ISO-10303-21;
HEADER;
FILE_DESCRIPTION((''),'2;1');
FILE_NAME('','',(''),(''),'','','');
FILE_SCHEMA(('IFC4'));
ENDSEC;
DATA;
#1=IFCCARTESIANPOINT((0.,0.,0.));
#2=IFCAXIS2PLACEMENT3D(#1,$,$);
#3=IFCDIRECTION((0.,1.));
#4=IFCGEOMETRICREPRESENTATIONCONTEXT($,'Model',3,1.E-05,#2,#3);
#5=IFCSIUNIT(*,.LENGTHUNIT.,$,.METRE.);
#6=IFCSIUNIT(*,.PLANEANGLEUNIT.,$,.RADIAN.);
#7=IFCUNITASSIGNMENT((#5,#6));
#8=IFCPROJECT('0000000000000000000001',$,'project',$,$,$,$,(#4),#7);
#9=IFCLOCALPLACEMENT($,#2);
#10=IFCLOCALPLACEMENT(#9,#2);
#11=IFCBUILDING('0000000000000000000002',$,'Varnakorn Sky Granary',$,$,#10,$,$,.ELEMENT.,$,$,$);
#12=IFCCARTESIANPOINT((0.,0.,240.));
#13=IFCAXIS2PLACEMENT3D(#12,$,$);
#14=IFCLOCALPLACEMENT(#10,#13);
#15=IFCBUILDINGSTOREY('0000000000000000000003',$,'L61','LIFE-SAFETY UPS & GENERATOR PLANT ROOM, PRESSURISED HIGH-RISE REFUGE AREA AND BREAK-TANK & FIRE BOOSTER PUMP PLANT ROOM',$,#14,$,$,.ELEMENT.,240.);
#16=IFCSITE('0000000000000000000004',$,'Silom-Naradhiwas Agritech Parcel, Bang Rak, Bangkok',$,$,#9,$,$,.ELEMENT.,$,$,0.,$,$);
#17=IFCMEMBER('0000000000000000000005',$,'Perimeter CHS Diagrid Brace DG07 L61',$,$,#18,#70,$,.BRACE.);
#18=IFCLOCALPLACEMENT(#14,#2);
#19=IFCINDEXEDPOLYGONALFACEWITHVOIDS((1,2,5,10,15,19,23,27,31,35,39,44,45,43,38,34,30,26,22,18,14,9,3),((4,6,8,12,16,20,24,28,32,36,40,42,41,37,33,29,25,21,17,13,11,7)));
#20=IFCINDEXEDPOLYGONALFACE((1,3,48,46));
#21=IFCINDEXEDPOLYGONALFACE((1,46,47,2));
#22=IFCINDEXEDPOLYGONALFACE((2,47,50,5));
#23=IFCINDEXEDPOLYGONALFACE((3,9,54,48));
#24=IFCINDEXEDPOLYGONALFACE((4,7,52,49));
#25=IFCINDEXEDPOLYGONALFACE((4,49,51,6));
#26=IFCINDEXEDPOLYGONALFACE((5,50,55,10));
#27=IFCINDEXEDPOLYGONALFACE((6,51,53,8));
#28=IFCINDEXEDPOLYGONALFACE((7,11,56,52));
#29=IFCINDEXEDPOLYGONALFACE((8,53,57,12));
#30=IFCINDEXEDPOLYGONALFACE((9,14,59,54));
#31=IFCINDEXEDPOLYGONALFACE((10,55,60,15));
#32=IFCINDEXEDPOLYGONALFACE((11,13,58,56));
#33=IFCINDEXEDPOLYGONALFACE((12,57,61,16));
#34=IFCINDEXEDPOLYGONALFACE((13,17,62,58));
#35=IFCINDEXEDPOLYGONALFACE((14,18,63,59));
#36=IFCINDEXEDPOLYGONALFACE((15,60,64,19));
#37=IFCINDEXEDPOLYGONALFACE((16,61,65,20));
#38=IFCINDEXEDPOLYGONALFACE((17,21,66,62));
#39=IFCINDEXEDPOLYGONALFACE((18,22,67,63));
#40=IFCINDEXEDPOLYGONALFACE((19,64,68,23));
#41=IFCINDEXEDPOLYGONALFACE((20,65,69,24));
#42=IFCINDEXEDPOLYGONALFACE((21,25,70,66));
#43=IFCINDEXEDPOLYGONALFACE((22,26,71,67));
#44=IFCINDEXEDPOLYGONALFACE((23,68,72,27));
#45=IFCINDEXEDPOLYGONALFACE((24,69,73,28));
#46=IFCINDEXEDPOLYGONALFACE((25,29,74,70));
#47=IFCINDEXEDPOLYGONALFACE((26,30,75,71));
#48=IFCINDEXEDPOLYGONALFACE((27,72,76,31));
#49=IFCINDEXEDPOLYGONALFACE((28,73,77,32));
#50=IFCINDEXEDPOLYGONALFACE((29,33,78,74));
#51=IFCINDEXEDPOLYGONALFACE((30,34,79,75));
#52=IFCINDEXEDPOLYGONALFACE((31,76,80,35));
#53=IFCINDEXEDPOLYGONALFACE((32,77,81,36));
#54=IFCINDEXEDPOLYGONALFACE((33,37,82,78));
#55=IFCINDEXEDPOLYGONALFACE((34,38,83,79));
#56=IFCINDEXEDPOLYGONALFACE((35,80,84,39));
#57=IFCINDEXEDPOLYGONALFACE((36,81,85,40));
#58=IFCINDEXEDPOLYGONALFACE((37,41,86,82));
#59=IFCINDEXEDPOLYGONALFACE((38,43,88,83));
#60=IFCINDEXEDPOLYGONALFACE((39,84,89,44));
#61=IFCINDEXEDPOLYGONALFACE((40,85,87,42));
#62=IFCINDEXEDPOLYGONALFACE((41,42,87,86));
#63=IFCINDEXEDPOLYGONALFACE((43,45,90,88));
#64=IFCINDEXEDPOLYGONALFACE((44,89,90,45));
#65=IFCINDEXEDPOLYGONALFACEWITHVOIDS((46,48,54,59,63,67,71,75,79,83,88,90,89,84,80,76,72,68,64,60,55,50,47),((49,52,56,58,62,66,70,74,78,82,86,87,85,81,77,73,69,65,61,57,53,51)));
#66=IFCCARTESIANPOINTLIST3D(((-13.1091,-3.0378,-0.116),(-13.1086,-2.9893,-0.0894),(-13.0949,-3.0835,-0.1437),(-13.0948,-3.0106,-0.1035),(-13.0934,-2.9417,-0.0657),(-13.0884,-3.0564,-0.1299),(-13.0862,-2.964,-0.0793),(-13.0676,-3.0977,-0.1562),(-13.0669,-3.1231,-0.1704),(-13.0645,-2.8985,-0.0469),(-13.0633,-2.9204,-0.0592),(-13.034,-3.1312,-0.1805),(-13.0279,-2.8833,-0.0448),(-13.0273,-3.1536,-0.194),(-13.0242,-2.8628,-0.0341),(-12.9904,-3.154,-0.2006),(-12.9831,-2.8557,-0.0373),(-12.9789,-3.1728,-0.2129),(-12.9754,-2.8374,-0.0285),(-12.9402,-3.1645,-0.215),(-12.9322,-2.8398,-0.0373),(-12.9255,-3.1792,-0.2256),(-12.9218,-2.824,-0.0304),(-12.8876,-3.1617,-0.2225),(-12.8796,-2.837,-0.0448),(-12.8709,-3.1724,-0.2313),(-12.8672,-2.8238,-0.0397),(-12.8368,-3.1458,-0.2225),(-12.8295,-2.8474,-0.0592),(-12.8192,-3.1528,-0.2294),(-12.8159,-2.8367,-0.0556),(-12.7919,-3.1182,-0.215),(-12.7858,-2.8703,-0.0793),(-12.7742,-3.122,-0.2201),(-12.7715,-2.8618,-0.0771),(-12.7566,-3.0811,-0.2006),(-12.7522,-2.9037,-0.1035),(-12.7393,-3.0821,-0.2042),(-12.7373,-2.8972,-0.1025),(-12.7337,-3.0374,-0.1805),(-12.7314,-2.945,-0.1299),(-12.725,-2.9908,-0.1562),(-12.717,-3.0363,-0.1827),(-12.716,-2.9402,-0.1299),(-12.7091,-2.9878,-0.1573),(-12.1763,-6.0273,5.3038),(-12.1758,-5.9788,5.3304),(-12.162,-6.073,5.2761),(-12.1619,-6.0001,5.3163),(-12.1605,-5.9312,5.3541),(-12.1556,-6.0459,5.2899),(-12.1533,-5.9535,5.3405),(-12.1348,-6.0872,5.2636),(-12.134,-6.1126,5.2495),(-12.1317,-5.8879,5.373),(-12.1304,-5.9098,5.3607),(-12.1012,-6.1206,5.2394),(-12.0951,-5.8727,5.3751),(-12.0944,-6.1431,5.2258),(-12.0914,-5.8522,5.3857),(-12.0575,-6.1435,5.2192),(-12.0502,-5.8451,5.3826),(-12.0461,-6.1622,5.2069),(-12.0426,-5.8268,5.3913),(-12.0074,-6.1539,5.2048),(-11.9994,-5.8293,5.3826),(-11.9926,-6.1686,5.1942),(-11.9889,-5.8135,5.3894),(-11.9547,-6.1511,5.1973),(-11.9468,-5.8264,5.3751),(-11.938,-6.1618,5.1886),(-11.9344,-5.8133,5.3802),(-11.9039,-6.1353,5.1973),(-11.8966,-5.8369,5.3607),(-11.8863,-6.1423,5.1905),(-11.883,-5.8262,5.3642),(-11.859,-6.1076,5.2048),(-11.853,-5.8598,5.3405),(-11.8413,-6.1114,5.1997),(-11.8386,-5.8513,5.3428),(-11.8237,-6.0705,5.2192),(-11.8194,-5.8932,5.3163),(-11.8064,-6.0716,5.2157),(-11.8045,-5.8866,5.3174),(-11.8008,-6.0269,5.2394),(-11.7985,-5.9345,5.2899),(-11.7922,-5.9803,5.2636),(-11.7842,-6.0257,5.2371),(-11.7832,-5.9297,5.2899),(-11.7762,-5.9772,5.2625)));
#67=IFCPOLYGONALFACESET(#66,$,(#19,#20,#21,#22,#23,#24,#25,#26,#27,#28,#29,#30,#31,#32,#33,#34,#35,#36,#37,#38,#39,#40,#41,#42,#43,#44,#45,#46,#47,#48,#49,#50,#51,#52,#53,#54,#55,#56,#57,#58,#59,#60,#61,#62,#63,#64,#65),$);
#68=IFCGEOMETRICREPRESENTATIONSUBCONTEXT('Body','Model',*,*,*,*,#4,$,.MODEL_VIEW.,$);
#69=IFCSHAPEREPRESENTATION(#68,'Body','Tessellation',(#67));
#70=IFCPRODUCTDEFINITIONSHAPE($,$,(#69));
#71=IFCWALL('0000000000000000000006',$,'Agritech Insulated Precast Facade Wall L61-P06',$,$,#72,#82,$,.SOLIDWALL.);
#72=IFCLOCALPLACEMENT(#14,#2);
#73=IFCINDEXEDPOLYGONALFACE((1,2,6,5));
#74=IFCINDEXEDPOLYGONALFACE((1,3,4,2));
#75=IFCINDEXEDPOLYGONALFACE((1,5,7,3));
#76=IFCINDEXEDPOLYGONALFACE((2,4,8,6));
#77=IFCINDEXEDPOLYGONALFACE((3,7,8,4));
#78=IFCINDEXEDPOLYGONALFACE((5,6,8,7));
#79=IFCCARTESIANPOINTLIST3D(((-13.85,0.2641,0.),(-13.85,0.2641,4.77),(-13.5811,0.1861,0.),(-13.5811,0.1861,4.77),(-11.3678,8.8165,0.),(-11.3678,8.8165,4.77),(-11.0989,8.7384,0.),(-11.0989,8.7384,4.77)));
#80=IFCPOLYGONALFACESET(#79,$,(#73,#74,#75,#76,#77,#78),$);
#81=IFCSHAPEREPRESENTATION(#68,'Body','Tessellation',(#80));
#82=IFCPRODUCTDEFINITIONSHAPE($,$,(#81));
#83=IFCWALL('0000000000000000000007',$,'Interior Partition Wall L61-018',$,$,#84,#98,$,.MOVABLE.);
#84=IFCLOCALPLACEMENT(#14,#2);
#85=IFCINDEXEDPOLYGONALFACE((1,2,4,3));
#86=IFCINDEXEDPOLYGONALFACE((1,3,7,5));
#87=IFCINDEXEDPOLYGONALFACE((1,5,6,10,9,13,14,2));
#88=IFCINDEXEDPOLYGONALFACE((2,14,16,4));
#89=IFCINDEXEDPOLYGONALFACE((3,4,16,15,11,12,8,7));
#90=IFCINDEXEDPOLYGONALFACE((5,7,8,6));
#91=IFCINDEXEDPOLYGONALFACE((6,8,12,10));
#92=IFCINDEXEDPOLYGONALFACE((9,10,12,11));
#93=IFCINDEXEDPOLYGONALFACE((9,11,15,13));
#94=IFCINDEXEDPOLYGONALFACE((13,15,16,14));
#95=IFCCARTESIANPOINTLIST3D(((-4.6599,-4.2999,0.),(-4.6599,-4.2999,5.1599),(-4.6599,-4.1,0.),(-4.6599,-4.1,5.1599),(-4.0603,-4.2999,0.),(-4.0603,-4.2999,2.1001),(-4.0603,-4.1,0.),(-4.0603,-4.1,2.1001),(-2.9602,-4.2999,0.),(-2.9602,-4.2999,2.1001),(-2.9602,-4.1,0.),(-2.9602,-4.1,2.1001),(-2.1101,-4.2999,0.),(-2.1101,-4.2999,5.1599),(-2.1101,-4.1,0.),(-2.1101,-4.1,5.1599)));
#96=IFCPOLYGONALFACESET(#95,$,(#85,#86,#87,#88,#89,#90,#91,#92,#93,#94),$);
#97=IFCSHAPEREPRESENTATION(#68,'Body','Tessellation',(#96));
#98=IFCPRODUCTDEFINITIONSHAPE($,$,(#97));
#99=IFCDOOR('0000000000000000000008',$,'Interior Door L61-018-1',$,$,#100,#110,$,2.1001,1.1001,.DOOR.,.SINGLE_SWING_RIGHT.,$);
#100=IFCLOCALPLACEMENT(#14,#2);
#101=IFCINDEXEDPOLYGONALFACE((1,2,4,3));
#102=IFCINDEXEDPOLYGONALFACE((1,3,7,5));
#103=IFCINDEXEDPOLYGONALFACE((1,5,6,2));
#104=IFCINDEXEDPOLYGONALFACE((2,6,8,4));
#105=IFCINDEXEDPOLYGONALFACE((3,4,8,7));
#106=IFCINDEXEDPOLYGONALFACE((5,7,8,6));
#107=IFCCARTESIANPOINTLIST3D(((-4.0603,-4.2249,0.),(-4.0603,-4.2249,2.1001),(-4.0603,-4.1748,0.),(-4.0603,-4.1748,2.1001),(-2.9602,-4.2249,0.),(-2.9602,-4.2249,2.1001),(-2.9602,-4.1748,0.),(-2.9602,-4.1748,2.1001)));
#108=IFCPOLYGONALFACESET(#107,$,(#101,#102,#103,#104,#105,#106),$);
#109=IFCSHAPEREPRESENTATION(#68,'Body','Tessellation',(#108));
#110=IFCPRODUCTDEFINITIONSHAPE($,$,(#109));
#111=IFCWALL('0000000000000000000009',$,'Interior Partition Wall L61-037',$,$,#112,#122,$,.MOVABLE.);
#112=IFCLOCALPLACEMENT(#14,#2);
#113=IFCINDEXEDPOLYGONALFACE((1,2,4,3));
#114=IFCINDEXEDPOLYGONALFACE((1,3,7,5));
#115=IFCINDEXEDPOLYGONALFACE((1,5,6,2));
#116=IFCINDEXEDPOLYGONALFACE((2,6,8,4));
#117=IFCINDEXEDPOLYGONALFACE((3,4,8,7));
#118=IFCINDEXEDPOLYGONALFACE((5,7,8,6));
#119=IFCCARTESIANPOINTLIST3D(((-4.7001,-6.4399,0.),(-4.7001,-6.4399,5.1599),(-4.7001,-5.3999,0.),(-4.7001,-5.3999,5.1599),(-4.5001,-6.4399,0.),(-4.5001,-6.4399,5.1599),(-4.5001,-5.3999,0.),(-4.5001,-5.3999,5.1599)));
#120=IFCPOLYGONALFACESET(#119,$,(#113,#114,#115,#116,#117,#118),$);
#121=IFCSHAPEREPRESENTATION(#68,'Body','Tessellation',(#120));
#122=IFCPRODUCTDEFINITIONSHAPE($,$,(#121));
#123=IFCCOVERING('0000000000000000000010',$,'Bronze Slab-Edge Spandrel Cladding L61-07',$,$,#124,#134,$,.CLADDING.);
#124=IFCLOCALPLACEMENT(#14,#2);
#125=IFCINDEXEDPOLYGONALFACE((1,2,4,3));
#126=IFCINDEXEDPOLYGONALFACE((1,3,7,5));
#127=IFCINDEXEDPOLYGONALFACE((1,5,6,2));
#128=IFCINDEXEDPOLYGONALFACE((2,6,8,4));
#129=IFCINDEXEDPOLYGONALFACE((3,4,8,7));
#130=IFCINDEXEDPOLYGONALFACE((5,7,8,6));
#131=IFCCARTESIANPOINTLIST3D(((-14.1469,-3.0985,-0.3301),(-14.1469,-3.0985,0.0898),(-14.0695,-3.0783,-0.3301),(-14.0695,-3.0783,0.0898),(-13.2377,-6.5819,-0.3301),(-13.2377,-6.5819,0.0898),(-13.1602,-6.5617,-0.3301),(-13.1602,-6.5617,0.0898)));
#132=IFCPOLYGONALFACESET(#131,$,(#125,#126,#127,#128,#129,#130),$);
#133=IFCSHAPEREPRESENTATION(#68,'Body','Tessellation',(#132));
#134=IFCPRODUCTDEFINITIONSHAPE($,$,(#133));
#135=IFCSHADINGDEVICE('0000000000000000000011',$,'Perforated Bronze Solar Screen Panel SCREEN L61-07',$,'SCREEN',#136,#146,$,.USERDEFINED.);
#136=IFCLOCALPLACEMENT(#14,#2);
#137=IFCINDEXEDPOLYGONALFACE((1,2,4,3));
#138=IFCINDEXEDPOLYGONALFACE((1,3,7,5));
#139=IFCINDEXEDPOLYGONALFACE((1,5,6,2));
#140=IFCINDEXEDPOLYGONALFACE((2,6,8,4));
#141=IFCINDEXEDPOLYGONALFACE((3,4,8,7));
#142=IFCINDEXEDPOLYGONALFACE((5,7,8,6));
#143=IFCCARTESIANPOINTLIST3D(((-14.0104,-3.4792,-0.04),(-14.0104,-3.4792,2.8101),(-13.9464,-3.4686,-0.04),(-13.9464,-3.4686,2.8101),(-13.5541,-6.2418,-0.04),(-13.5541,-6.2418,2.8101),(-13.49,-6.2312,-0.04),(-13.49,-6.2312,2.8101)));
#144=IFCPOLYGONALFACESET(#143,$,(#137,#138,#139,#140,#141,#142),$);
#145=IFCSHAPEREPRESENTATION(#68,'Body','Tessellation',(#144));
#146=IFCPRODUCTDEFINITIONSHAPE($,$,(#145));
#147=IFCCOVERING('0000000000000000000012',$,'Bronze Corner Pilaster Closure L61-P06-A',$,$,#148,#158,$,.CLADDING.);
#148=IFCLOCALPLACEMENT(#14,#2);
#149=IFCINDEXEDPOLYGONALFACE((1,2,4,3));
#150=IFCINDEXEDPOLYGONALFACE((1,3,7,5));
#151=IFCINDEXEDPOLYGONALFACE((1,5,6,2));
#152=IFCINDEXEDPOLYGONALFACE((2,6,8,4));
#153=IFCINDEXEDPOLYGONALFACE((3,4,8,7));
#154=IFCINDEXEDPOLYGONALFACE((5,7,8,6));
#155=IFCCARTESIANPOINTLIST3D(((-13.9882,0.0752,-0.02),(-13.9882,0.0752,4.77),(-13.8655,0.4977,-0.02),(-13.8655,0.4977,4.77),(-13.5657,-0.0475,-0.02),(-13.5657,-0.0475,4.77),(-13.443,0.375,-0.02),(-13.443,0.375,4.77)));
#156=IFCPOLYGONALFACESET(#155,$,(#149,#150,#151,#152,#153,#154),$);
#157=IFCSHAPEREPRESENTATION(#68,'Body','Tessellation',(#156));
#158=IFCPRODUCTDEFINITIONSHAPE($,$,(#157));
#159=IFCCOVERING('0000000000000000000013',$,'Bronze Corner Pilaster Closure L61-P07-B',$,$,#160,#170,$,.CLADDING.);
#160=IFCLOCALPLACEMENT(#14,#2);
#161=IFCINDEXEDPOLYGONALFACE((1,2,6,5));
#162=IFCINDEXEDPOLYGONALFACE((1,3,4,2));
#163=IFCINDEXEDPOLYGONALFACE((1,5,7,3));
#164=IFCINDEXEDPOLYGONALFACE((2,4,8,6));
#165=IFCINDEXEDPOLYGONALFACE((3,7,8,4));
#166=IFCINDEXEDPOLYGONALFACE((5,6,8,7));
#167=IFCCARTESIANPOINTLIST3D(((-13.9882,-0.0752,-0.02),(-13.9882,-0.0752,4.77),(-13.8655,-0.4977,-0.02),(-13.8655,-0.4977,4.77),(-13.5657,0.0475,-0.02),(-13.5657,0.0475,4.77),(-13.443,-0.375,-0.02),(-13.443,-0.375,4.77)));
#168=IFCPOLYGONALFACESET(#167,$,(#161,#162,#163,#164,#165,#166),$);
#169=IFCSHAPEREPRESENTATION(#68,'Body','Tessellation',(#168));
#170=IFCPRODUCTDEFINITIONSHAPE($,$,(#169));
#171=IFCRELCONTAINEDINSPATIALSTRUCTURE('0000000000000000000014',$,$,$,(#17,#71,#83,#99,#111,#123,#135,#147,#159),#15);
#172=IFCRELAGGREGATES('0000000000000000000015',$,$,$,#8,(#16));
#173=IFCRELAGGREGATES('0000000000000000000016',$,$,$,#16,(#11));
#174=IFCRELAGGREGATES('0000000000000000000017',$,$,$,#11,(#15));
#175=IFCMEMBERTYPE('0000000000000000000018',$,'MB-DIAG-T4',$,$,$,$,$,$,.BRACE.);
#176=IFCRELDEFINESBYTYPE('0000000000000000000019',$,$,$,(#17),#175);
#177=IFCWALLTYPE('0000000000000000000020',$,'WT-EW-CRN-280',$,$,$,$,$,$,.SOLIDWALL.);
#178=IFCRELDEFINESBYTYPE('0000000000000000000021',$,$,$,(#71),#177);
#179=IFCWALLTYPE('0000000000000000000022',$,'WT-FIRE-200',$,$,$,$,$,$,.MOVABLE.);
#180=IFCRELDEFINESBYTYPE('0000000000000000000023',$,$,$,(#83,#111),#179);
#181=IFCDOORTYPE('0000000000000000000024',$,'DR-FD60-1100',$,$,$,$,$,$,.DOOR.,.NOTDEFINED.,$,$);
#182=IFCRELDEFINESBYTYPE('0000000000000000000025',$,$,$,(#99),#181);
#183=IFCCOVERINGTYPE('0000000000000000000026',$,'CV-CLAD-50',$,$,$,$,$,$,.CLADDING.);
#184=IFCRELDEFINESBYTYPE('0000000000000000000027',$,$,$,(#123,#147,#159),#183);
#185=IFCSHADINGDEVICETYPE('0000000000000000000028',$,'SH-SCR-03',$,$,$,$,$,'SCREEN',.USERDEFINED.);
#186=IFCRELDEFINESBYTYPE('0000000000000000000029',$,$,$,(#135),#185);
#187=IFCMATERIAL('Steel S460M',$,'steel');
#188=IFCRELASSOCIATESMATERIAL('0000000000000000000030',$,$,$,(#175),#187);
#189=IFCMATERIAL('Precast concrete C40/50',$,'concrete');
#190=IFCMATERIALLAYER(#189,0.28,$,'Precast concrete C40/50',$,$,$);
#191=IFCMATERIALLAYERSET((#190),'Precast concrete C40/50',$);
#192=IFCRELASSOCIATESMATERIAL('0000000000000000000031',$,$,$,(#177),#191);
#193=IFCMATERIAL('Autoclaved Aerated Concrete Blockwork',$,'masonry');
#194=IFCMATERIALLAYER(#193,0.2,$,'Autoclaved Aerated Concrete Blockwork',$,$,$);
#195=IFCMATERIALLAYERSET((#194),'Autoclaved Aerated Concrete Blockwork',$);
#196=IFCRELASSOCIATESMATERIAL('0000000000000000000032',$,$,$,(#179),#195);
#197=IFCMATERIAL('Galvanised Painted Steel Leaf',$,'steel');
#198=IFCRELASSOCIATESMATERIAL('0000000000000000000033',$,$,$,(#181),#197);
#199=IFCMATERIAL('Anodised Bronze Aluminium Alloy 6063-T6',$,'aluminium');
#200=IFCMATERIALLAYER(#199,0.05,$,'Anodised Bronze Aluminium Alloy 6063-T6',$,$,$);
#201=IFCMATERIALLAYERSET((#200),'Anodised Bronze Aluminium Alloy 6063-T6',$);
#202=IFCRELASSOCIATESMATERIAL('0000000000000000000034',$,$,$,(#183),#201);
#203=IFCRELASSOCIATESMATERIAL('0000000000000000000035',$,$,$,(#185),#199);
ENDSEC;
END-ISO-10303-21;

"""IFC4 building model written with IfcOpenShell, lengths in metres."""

from ifc_helpers import new_model, si_unit, direction, frame, frame_2d, origin, origin_2d, place, context, subcontext, project, spatial, rectangle, hollow_circle, extrude, source, transform, mapped, material, layer, layer_set, material_profile, profile_set, type_object, type_shapes, element, fill, save


model = new_model("IFC4")

# Units and contexts
model_context = context("Model", 3, precision=1e-05, world=origin(), true_north=direction((0.0, 1.0)))
body_context = subcontext(model_context, "Body", "Model", "MODEL_VIEW")
ifc_project = project(units=[si_unit("LENGTHUNIT", "METRE"), si_unit("PLANEANGLEUNIT", "RADIAN")], contexts=[model_context])

# Site, building, storey
site_placement = place(None, origin())
site = spatial("IfcSite", under=ifc_project, at=site_placement, Name="Silom-Naradhiwas Agritech Parcel, Bang Rak, Bangkok", CompositionType="ELEMENT", RefElevation=0.0)
building_placement = place(site_placement, origin())
building = spatial("IfcBuilding", under=site, at=building_placement, Name="Varnakorn Sky Granary", CompositionType="ELEMENT")
storey_placement = place(building_placement, frame((0.0, 0.0, 240.0)))
storey = spatial("IfcBuildingStorey", under=building, at=storey_placement, Name="L61", Description="LIFE-SAFETY UPS & GENERATOR PLANT ROOM, PRESSURISED HIGH-RISE REFUGE AREA AND BREAK-TANK & FIRE BOOSTER PUMP PLANT ROOM", CompositionType="ELEMENT", Elevation=240.0)

# Shared definitions
ifc_material_1 = material(Name="Steel S460M", Category="steel")

# Member
ifc_material_profile_1 = material_profile(ifc_material_1, hollow_circle(Radius=0.2031, WallThickness=0.0161, at=origin_2d()), Name="CHS 406.4x16")
ifc_profile_set_1 = profile_set([ifc_material_profile_1], Name="Steel S460M")
member_type_1 = type_object("IfcMemberType", Name="MB-DIAG-T4", PredefinedType="BRACE", material=ifc_profile_set_1)
member_1_placement = place(storey_placement, frame((-12.9099, -3.0007, -0.1299), z_axis=(0.149028, -0.477585, 0.865854), x_axis=(0.954603, 0.29788, 0.0)))
element("IfcMember", 1, at=member_1_placement, inside=storey, type_object=member_type_1, Name="Perimeter CHS Diagrid Brace DG07 L61", PredefinedType="BRACE", context=body_context, shape_type="SweptSolid", body=[
    extrude(hollow_circle(Radius=0.2031, WallThickness=0.0161, at=origin_2d()), origin(), (0.0, 0.0, 1.0), 6.2595),
])

# Wall
ifc_material_2 = material(Name="Precast concrete C40/50", Category="concrete")
ifc_layer_1 = layer(ifc_material_2, 0.28, Name="Precast concrete C40/50")
ifc_layer_set_1 = layer_set([ifc_layer_1], Name="Precast concrete C40/50")
wall_type_1 = type_object("IfcWallType", Name="WT-EW-CRN-280", PredefinedType="SOLIDWALL", material=ifc_layer_set_1)
wall_1_placement = place(storey_placement, frame((-13.7156, 0.2251, 0.0), z_axis=(0.0, 0.0, 1.0), x_axis=(0.278734, 0.960368, 0.0)))
element("IfcWall", 2, at=wall_1_placement, inside=storey, type_object=wall_type_1, Name="Agritech Insulated Precast Facade Wall L61-P06", PredefinedType="SOLIDWALL", context=body_context, shape_type="SweptSolid", body=[
    extrude(rectangle(XDim=8.9053, YDim=0.28, at=frame_2d((4.4526, 0.0))), origin(), (0.0, 0.0, 1.0), 4.77),
])

# Wall, opening, door
ifc_material_3 = material(Name="Autoclaved Aerated Concrete Blockwork", Category="masonry")
ifc_layer_2 = layer(ifc_material_3, 0.2, Name="Autoclaved Aerated Concrete Blockwork")
ifc_layer_set_2 = layer_set([ifc_layer_2], Name="Autoclaved Aerated Concrete Blockwork")
wall_type_2 = type_object("IfcWallType", Name="WT-FIRE-200", PredefinedType="MOVABLE", material=ifc_layer_set_2)
wall_2_placement = place(storey_placement, frame((-2.1101, -4.2, 0.0), z_axis=(0.0, 0.0, 1.0), x_axis=(-1.0, 0.0, 0.0)))
wall_2 = element("IfcWall", 3, at=wall_2_placement, inside=storey, type_object=wall_type_2, Name="Interior Partition Wall L61-018", PredefinedType="MOVABLE", context=body_context, shape_type="SweptSolid", body=[
    extrude(rectangle(XDim=2.5498, YDim=0.2, at=frame_2d((1.2749, 0.0))), origin(), (0.0, 0.0, 1.0), 5.1599),
])
opening_placement = place(wall_2_placement, frame((0.8501, 0.0, 0.0)))
opening = element("IfcOpeningElement", 4, at=opening_placement, cuts=wall_2, PredefinedType="OPENING", context=body_context, shape_type="SweptSolid", body=[
    extrude(rectangle(XDim=1.1001, YDim=2.1001, at=frame_2d((0.55, 1.05))), frame((0.0, 0.1099, 0.0), z_axis=(0.0, -1.0, 0.0), x_axis=(1.0, 0.0, 0.0)), (0.0, 0.0, 1.0), 0.22),
])
ifc_material_4 = material(Name="Galvanised Painted Steel Leaf", Category="steel")
door_type = type_object("IfcDoorType", Name="DR-FD60-1100", OperationType="NOTDEFINED", PredefinedType="DOOR", material=ifc_material_4)
door_placement = place(opening_placement, origin())
door = element("IfcDoor", 5, at=door_placement, inside=storey, type_object=door_type, Name="Interior Door L61-018-1", OperationType="SINGLE_SWING_RIGHT", OverallHeight=2.1001, OverallWidth=1.1001, PredefinedType="DOOR", context=body_context, shape_type="SweptSolid", body=[
    extrude(rectangle(XDim=1.1001, YDim=2.1001, at=frame_2d((0.55, 1.05))), frame((0.0, 0.0249, 0.0), z_axis=(0.0, -1.0, 0.0), x_axis=(1.0, 0.0, 0.0)), (0.0, 0.0, 1.0), 0.05),
])
fill(opening, door)

# Wall
wall_3_placement = place(storey_placement, frame((-4.6001, -5.3999, 0.0), z_axis=(0.0, 0.0, 1.0), x_axis=(0.0, -1.0, 0.0)))
element("IfcWall", 6, at=wall_3_placement, inside=storey, type_object=wall_type_2, Name="Interior Partition Wall L61-037", PredefinedType="MOVABLE", context=body_context, shape_type="SweptSolid", body=[
    extrude(rectangle(XDim=1.04, YDim=0.2, at=frame_2d((0.52, 0.0))), origin(), (0.0, 0.0, 1.0), 5.1599),
])

# Covering
ifc_material_5 = material(Name="Anodised Bronze Aluminium Alloy 6063-T6", Category="aluminium")
ifc_layer_3 = layer(ifc_material_5, 0.05, Name="Anodised Bronze Aluminium Alloy 6063-T6")
ifc_layer_set_3 = layer_set([ifc_layer_3], Name="Anodised Bronze Aluminium Alloy 6063-T6")
covering_type = type_object("IfcCoveringType", Name="CV-CLAD-50", PredefinedType="CLADDING", material=ifc_layer_set_3)
shared_shape_1 = source(origin(), body_context, "Body", "SweptSolid", [
    extrude(rectangle(XDim=3.6001, YDim=0.0801, at=origin_2d()), origin(), (0.0, 0.0, 1.0), 0.4199),
])
covering_placement = place(storey_placement, frame((-13.6536, -4.8301, -0.3301), z_axis=(0.0, 0.0, 1.0), x_axis=(0.252567, -0.967579, 0.0)))
element("IfcCovering", 7, at=covering_placement, inside=storey, type_object=covering_type, Name="Bronze Slab-Edge Spandrel Cladding L61-07", PredefinedType="CLADDING", context=body_context, shape_type="MappedRepresentation", body=[
    mapped(shared_shape_1, transform((0.0, 0.0, 0.0), x_axis=(1.0, 0.0, 0.0), y_axis=(0.0, 1.0, 0.0), z_axis=(0.0, 0.0, 1.0), scale=1.0)),
])

# Shading device
shading_device_type = type_object("IfcShadingDeviceType", Name="SH-SCR-03", ElementType="SCREEN", PredefinedType="USERDEFINED", material=ifc_material_5)
shared_shape_2 = source(origin(), body_context, "Body", "SweptSolid", [
    extrude(rectangle(XDim=2.8, YDim=0.0649, at=origin_2d()), origin(), (0.0, 0.0, 1.0), 2.8501),
])
type_shapes(shading_device_type, [shared_shape_2])
shading_device_placement = place(storey_placement, frame((-13.7502, -4.8552, -0.04), z_axis=(0.0, 0.0, 1.0), x_axis=(0.162973, -0.986631, 0.0)))
element("IfcShadingDevice", 8, at=shading_device_placement, inside=storey, type_object=shading_device_type, Name="Perforated Bronze Solar Screen Panel SCREEN L61-07", ObjectType="SCREEN", PredefinedType="USERDEFINED", context=body_context, shape_type="MappedRepresentation", body=[
    mapped(shared_shape_2, transform((0.0, 0.0, 0.0), x_axis=(1.0, 0.0, 0.0), y_axis=(0.0, 1.0, 0.0), z_axis=(0.0, 0.0, 1.0), scale=1.0)),
])

# Coverings
shared_shape_3 = source(origin(), body_context, "Body", "SweptSolid", [
    extrude(rectangle(XDim=0.4399, YDim=0.4399, at=origin_2d()), origin(), (0.0, 0.0, 1.0), 4.79),
])
type_shapes(covering_type, [shared_shape_1, shared_shape_3])
for number, where, z_axis, x_axis, name in (
    (9, (-13.7156, 0.2251, -0.02), (0.0, 0.0, 1.0), (0.278823, 0.960342, 0.0), "Bronze Corner Pilaster Closure L61-P06-A"),
    (10, (-13.7156, -0.2251, -0.02), (0.0, 0.0, 1.0), (-0.278823, 0.960342, 0.0), "Bronze Corner Pilaster Closure L61-P07-B"),
):
    element("IfcCovering", number, at=place(storey_placement, frame(where, z_axis=z_axis, x_axis=x_axis)), inside=storey, type_object=covering_type, Name=name, PredefinedType="CLADDING", context=body_context, shape_type="MappedRepresentation", body=[
        mapped(shared_shape_3, transform((0.0, 0.0, 0.0), x_axis=(1.0, 0.0, 0.0), y_axis=(0.0, 1.0, 0.0), z_axis=(0.0, 0.0, 1.0), scale=1.0)),
    ])

save(model, "model.ifc")
